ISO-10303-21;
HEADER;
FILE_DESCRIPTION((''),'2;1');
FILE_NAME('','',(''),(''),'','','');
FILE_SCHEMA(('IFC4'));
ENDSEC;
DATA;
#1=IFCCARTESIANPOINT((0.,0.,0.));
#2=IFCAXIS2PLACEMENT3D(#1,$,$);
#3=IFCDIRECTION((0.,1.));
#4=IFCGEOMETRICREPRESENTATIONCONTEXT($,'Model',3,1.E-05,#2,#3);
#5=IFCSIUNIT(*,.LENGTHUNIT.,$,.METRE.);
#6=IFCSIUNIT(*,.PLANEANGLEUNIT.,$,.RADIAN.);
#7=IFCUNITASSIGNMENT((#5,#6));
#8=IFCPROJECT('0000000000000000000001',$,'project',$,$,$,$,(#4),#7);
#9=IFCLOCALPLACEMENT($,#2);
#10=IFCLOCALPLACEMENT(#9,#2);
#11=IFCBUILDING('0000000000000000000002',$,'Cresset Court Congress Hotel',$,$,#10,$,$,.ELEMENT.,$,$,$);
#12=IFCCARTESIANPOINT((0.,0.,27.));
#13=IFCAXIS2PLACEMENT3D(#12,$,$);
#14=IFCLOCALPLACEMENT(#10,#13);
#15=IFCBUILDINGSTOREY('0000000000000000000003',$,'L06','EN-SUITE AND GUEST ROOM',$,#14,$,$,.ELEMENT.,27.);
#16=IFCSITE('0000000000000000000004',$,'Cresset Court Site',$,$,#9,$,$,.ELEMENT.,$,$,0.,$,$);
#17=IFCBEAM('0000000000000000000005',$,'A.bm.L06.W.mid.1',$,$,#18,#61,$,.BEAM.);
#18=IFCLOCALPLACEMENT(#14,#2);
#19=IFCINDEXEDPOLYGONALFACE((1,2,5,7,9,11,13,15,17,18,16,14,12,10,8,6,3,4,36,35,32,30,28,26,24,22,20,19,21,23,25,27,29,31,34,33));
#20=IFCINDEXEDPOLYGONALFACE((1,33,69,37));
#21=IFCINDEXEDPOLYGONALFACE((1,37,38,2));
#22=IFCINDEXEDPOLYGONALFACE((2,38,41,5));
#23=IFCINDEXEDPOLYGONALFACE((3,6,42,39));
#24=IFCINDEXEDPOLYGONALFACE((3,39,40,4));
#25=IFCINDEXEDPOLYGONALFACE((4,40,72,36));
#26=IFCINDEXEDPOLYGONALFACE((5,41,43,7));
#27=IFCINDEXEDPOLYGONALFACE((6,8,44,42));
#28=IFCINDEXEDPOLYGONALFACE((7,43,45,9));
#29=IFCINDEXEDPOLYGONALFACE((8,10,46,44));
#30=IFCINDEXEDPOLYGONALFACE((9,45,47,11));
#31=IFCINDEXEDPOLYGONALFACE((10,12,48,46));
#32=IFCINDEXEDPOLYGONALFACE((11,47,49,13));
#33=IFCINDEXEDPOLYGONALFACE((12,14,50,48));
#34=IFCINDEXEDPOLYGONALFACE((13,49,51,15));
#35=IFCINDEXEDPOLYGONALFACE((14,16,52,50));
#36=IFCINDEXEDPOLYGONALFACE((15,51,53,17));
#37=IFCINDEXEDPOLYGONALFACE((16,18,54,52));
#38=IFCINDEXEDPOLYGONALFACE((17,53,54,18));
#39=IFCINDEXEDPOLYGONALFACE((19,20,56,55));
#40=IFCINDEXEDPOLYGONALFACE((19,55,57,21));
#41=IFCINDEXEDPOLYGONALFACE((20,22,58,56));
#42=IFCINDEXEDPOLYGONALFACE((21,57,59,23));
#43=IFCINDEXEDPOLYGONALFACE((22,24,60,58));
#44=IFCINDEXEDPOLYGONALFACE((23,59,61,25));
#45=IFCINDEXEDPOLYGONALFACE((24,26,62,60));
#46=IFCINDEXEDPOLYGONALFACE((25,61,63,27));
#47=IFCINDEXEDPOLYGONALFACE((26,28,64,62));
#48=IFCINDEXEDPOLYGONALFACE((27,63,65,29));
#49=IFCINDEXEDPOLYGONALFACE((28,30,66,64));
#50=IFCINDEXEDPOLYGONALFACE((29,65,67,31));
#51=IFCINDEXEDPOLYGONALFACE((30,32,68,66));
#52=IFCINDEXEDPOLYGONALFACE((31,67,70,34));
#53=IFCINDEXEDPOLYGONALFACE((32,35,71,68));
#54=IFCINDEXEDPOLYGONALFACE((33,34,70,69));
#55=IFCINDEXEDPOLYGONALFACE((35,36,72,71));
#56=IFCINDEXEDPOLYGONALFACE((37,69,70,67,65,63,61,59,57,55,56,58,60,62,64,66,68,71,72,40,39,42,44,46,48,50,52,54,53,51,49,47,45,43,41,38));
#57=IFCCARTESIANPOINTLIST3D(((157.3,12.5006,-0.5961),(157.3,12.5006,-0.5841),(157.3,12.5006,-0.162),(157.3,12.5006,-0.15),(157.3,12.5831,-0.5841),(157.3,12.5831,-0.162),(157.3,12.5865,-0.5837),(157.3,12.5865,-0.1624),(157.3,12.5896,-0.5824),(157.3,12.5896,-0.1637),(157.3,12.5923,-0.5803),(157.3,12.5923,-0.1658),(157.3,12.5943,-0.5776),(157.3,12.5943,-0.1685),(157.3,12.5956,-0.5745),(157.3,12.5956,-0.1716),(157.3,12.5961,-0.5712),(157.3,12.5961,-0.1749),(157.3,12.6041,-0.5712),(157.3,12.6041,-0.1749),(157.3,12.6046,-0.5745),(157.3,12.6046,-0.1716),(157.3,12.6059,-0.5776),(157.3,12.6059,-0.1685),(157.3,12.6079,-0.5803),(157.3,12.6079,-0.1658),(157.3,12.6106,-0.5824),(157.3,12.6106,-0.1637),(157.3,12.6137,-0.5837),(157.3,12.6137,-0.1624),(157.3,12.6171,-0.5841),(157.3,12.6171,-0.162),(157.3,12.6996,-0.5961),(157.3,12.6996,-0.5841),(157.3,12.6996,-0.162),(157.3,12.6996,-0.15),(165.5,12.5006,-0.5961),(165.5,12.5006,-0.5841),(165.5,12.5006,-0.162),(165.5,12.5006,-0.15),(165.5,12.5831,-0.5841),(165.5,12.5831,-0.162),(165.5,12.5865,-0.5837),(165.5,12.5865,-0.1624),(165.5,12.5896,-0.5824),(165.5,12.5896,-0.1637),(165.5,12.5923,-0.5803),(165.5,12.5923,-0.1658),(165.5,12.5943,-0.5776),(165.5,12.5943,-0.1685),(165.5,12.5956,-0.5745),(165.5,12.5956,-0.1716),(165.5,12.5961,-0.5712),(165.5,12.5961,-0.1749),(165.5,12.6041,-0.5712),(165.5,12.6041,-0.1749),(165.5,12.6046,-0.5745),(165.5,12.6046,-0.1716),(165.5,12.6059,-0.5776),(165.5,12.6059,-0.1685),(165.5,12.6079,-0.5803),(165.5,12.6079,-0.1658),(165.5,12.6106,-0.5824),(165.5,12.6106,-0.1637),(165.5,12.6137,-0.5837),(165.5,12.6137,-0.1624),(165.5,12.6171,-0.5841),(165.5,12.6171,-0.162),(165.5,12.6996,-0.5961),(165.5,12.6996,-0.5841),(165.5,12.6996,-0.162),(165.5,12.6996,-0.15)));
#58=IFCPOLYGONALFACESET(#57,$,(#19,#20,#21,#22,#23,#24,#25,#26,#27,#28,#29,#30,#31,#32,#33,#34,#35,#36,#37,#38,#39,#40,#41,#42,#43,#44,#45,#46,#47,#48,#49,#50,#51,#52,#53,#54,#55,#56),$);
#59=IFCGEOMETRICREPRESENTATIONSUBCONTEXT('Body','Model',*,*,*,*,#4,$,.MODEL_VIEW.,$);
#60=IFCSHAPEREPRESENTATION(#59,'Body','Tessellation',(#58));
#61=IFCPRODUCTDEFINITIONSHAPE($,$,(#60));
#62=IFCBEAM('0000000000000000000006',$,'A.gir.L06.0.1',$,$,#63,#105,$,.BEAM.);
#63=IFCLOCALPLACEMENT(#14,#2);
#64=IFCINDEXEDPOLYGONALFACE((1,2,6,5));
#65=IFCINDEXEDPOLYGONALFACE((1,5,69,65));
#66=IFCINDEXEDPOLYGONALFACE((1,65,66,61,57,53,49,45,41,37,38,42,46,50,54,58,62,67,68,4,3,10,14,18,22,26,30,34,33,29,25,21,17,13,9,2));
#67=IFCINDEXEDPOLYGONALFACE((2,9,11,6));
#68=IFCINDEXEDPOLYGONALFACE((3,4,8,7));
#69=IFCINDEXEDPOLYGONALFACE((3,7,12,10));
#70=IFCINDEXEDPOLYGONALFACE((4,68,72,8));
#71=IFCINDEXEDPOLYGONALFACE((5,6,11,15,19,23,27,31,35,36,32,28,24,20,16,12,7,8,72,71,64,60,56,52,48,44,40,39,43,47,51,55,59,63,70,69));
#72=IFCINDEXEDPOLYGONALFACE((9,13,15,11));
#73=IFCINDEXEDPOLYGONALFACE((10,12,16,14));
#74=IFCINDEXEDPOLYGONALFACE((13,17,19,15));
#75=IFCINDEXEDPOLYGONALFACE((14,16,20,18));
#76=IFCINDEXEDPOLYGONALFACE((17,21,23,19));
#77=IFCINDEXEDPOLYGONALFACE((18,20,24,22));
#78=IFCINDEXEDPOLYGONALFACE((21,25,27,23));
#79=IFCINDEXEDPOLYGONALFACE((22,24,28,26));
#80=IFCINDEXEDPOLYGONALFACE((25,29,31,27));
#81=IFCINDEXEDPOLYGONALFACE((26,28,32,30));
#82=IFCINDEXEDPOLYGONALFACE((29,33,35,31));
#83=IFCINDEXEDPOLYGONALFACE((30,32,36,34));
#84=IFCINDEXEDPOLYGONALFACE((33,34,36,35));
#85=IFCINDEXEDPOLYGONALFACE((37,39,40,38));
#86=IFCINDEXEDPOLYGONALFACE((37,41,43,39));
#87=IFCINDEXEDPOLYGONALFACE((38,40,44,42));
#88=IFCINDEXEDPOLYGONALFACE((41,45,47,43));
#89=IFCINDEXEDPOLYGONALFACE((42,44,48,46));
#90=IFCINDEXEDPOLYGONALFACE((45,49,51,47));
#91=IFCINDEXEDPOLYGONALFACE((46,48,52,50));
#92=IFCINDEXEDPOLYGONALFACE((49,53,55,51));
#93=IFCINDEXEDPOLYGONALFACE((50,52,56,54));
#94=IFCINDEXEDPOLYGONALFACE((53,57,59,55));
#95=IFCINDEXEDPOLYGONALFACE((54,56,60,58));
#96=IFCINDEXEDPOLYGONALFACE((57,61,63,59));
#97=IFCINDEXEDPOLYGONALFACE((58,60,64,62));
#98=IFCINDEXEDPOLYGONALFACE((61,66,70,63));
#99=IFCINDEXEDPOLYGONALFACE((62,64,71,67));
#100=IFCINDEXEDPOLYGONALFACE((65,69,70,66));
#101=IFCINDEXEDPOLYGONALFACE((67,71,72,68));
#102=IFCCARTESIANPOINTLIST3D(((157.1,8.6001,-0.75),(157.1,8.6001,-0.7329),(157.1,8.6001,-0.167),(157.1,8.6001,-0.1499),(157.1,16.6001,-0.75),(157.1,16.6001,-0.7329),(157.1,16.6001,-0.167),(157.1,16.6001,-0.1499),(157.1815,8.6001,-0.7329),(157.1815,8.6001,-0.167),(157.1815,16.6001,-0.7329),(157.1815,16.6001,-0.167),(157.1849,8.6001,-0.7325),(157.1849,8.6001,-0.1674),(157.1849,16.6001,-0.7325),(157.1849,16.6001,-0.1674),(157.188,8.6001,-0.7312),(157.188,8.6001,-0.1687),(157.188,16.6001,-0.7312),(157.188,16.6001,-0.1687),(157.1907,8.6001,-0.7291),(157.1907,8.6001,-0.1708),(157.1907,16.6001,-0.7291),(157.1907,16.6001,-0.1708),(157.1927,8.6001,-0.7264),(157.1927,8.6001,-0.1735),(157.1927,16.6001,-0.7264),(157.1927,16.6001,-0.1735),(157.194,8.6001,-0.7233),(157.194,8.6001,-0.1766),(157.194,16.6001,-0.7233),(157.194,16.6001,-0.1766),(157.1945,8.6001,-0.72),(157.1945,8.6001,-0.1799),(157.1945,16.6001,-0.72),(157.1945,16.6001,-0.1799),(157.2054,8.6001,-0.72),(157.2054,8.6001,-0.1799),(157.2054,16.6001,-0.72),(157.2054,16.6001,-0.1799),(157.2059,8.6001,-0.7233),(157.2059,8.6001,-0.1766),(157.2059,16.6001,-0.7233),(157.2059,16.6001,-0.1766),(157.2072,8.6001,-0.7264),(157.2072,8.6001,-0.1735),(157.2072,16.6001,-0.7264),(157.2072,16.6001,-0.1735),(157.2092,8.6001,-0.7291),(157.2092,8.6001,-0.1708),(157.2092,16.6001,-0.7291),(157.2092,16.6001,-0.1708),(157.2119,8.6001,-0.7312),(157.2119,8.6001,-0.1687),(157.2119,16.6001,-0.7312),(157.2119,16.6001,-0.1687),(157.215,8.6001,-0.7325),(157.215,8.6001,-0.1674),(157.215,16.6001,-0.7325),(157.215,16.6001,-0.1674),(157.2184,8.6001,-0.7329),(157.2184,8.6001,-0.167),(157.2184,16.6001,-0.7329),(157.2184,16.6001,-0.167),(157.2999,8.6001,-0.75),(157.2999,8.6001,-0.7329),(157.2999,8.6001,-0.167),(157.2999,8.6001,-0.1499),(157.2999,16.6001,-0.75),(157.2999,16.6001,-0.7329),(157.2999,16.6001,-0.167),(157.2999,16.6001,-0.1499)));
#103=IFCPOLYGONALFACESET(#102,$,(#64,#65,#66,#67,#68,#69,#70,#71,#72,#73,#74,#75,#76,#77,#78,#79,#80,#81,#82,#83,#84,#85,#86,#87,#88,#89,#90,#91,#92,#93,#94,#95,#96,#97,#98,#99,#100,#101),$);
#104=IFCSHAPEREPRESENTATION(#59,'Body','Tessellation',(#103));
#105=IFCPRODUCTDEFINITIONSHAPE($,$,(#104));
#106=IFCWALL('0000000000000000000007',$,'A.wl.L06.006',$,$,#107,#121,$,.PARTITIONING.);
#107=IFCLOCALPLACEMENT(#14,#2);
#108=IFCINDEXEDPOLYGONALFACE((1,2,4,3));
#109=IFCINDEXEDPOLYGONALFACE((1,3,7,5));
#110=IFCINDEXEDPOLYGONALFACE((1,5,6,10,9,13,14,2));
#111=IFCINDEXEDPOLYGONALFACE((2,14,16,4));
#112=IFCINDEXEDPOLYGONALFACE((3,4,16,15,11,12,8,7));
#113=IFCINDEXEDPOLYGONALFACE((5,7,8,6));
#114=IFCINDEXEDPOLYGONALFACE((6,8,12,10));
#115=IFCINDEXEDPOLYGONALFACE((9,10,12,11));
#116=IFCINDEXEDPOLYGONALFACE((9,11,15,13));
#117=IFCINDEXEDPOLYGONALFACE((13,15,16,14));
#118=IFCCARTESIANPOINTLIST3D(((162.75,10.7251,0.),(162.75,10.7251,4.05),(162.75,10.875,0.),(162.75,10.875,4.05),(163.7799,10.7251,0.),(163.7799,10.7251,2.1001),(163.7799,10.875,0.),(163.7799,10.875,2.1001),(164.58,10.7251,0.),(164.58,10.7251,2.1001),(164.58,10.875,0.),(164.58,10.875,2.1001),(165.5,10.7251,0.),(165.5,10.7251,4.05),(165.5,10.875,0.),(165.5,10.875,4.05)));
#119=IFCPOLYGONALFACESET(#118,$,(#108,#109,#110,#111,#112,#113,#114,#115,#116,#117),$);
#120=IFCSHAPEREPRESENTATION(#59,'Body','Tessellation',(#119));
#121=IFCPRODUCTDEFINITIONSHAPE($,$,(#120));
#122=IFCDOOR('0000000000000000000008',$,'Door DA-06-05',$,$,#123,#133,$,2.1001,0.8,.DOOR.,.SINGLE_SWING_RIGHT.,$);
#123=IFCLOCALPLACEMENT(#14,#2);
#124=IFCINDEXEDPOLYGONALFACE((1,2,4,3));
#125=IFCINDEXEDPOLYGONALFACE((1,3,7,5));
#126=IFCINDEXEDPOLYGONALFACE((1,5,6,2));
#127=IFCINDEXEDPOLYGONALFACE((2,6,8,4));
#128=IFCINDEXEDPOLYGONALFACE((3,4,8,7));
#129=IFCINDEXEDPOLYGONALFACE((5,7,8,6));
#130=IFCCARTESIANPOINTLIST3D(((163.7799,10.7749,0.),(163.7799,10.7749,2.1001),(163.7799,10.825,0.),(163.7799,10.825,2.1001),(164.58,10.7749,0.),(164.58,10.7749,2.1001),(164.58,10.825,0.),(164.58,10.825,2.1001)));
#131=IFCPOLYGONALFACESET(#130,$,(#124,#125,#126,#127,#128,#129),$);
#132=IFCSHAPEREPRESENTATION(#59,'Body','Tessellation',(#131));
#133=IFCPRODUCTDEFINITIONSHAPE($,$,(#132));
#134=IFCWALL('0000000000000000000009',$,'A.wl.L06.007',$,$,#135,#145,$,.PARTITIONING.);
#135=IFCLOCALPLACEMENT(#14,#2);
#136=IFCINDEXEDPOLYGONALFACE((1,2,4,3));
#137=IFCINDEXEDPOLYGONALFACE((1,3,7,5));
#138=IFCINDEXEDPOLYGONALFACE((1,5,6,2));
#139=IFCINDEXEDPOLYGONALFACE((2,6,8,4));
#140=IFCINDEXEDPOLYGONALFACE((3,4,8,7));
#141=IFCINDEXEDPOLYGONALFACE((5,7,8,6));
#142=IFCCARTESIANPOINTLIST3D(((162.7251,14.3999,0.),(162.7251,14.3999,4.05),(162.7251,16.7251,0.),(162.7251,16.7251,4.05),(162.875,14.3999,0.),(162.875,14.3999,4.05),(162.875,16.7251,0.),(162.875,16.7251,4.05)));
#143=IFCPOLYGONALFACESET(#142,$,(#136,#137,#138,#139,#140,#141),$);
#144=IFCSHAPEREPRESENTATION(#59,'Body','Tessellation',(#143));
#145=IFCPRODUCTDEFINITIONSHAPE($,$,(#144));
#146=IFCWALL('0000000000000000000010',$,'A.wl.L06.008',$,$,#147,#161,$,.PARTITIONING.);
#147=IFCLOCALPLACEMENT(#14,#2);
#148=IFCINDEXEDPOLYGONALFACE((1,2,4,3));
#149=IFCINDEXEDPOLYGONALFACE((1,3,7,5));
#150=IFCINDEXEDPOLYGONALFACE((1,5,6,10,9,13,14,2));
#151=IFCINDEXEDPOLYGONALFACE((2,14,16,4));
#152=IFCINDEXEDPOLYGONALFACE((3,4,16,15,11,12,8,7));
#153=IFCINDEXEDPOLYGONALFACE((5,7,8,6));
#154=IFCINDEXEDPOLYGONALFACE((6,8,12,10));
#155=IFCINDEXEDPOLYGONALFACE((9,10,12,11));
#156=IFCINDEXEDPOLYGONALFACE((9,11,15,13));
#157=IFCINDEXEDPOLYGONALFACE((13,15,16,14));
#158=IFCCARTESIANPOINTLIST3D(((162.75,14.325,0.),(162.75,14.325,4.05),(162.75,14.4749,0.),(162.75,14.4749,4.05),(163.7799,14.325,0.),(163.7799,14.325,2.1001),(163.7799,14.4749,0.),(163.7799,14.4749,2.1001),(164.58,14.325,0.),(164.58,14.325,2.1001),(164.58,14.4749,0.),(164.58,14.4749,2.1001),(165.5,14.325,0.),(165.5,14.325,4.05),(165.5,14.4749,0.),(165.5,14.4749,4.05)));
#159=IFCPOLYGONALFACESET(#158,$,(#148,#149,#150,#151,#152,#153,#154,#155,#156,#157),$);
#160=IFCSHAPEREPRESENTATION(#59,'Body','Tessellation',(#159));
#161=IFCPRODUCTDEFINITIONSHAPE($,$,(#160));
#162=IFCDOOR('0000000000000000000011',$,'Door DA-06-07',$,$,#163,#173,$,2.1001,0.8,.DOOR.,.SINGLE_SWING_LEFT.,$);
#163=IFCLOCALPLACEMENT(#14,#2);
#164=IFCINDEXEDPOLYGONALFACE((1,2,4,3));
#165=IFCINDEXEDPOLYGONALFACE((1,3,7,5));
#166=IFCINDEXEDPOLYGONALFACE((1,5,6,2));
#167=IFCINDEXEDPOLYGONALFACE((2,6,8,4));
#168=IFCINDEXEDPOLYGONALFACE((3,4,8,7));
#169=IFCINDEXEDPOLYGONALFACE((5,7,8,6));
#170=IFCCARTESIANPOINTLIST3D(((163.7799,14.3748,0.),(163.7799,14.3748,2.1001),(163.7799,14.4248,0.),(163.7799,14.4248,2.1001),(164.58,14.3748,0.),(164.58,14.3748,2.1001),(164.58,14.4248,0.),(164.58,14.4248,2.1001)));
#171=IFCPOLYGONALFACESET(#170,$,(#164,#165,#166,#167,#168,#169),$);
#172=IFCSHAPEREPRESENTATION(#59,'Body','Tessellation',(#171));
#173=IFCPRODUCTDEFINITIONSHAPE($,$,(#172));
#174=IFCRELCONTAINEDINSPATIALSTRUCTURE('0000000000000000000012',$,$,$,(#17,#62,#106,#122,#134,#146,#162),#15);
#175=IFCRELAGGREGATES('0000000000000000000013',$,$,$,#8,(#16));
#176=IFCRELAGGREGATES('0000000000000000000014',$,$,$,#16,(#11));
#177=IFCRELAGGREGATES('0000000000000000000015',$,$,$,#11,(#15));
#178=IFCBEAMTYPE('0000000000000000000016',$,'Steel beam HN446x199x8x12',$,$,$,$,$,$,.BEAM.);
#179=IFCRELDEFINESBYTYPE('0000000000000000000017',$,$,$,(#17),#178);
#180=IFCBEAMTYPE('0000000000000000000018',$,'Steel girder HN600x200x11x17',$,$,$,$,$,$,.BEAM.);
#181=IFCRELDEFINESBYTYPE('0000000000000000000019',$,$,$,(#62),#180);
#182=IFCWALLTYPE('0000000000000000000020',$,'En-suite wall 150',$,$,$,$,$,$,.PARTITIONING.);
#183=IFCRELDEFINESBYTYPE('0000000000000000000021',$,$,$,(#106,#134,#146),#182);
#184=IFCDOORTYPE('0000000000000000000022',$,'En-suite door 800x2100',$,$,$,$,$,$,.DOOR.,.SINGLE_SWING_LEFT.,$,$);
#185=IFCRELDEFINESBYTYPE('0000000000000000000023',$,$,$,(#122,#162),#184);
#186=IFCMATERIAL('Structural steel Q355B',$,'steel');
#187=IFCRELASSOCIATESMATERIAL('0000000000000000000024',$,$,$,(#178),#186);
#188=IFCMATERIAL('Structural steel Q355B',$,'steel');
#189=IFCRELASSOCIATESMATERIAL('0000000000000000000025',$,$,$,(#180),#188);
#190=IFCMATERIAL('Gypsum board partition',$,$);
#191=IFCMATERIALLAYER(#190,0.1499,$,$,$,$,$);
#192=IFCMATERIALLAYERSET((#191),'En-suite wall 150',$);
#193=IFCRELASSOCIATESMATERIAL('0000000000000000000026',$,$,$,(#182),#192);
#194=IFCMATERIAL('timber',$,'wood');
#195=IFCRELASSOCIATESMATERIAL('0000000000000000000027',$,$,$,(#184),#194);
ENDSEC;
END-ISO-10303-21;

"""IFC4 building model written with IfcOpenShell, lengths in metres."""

from ifc_helpers import new_model, si_unit, direction, frame, frame_2d, origin, origin_2d, place, context, subcontext, project, spatial, rectangle, i_section, extrude, material, layer, layer_set, material_profile, profile_set, type_object, element, fill, save


model = new_model("IFC4")

# Units and contexts
model_context = context("Model", 3, precision=1e-05, world=origin(), true_north=direction((0.0, 1.0)))
body_context = subcontext(model_context, "Body", "Model", "MODEL_VIEW")
ifc_project = project(units=[si_unit("LENGTHUNIT", "METRE"), si_unit("PLANEANGLEUNIT", "RADIAN")], contexts=[model_context])

# Site, building, storey
site_placement = place(None, origin())
site = spatial("IfcSite", under=ifc_project, at=site_placement, Name="Cresset Court Site", CompositionType="ELEMENT", RefElevation=0.0)
building_placement = place(site_placement, origin())
building = spatial("IfcBuilding", under=site, at=building_placement, Name="Cresset Court Congress Hotel", CompositionType="ELEMENT")
storey_placement = place(building_placement, frame((0.0, 0.0, 27.0)))
storey = spatial("IfcBuildingStorey", under=building, at=storey_placement, Name="L06", Description="EN-SUITE AND GUEST ROOM", CompositionType="ELEMENT", Elevation=27.0)

# Beams
ifc_material_1 = material(Name="Structural steel Q355B", Category="steel")
ifc_material_profile_1 = material_profile(ifc_material_1, i_section(OverallWidth=0.199, OverallDepth=0.446, WebThickness=0.0081, FlangeThickness=0.012, FilletRadius=0.0129, at=origin_2d()), Name="HN446x199x8x12")
ifc_profile_set_1 = profile_set([ifc_material_profile_1], Name="Structural steel Q355B")
beam_type_1 = type_object("IfcBeamType", Name="Steel beam HN446x199x8x12", PredefinedType="BEAM", material=ifc_profile_set_1)
beam_1_placement = place(storey_placement, frame((157.3, 12.6001, -0.373), z_axis=(1.0, 0.0, 0.0), x_axis=(0.0, 1.0, 0.0)))
element("IfcBeam", 1, at=beam_1_placement, inside=storey, type_object=beam_type_1, Name="A.bm.L06.W.mid.1", PredefinedType="BEAM", context=body_context, shape_type="SweptSolid", body=[
    extrude(i_section(OverallWidth=0.199, OverallDepth=0.446, WebThickness=0.0081, FlangeThickness=0.012, FilletRadius=0.0129, at=origin_2d()), origin(), (0.0, 0.0, 1.0), 8.2),
])
ifc_material_2 = material(Name="Structural steel Q355B", Category="steel")
ifc_material_profile_2 = material_profile(ifc_material_2, i_section(OverallWidth=0.2, OverallDepth=0.6001, WebThickness=0.011, FlangeThickness=0.0171, FilletRadius=0.0129, at=origin_2d()), Name="HN600x200x11x17")
ifc_profile_set_2 = profile_set([ifc_material_profile_2], Name="Structural steel Q355B")
beam_type_2 = type_object("IfcBeamType", Name="Steel girder HN600x200x11x17", PredefinedType="BEAM", material=ifc_profile_set_2)
beam_2_placement = place(storey_placement, frame((157.2, 8.6001, -0.45), z_axis=(0.0, 1.0, 0.0), x_axis=(-1.0, 0.0, 0.0)))
element("IfcBeam", 2, at=beam_2_placement, inside=storey, type_object=beam_type_2, Name="A.gir.L06.0.1", PredefinedType="BEAM", context=body_context, shape_type="SweptSolid", body=[
    extrude(i_section(OverallWidth=0.2, OverallDepth=0.6001, WebThickness=0.011, FlangeThickness=0.0171, FilletRadius=0.0129, at=origin_2d()), origin(), (0.0, 0.0, 1.0), 8.0),
])

# Wall, opening, door
ifc_material_3 = material(Name="Gypsum board partition")
ifc_layer_1 = layer(ifc_material_3, 0.1499)
ifc_layer_set_1 = layer_set([ifc_layer_1], Name="En-suite wall 150")
wall_type_1 = type_object("IfcWallType", Name="En-suite wall 150", PredefinedType="PARTITIONING", material=ifc_layer_set_1)
wall_1_placement = place(storey_placement, frame((162.75, 10.8, 0.0), z_axis=(0.0, 0.0, 1.0), x_axis=(1.0, 0.0, 0.0)))
wall_1 = element("IfcWall", 3, at=wall_1_placement, inside=storey, type_object=wall_type_1, Name="A.wl.L06.006", PredefinedType="PARTITIONING", context=body_context, shape_type="SweptSolid", body=[
    extrude(rectangle(XDim=2.75, YDim=0.1499, at=frame_2d((1.375, 0.0))), origin(), (0.0, 0.0, 1.0), 4.05),
])
opening_1_placement = place(wall_1_placement, frame((1.03, 0.0, 0.0)))
opening_1 = element("IfcOpeningElement", 4, at=opening_1_placement, cuts=wall_1, PredefinedType="OPENING", context=body_context, shape_type="SweptSolid", body=[
    extrude(rectangle(XDim=0.8, YDim=2.1001, at=frame_2d((0.3999, 1.05))), frame((0.0, 0.085, 0.0), z_axis=(0.0, -1.0, 0.0), x_axis=(1.0, 0.0, 0.0)), (0.0, 0.0, 1.0), 0.1699),
])
ifc_material_4 = material(Name="timber", Category="wood")
door_type = type_object("IfcDoorType", Name="En-suite door 800x2100", OperationType="SINGLE_SWING_LEFT", PredefinedType="DOOR", material=ifc_material_4)
door_1_placement = place(opening_1_placement, origin())
door_1 = element("IfcDoor", 5, at=door_1_placement, inside=storey, type_object=door_type, Name="Door DA-06-05", OperationType="SINGLE_SWING_RIGHT", OverallHeight=2.1001, OverallWidth=0.8, PredefinedType="DOOR", context=body_context, shape_type="SweptSolid", body=[
    extrude(rectangle(XDim=0.8, YDim=2.1001, at=frame_2d((0.3999, 1.05))), frame((0.0, 0.0249, 0.0), z_axis=(0.0, -1.0, 0.0), x_axis=(1.0, 0.0, 0.0)), (0.0, 0.0, 1.0), 0.05),
])
fill(opening_1, door_1)

# Wall
wall_2_placement = place(storey_placement, frame((162.8, 14.3999, 0.0), z_axis=(0.0, 0.0, 1.0), x_axis=(0.0, 1.0, 0.0)))
element("IfcWall", 6, at=wall_2_placement, inside=storey, type_object=wall_type_1, Name="A.wl.L06.007", PredefinedType="PARTITIONING", context=body_context, shape_type="SweptSolid", body=[
    extrude(rectangle(XDim=2.3252, YDim=0.1499, at=frame_2d((1.1626, 0.0))), origin(), (0.0, 0.0, 1.0), 4.05),
])

# Wall, opening, door
wall_3_placement = place(storey_placement, frame((162.75, 14.3999, 0.0), z_axis=(0.0, 0.0, 1.0), x_axis=(1.0, 0.0, 0.0)))
wall_3 = element("IfcWall", 7, at=wall_3_placement, inside=storey, type_object=wall_type_1, Name="A.wl.L06.008", PredefinedType="PARTITIONING", context=body_context, shape_type="SweptSolid", body=[
    extrude(rectangle(XDim=2.75, YDim=0.1499, at=frame_2d((1.375, 0.0))), origin(), (0.0, 0.0, 1.0), 4.05),
])
opening_2_placement = place(wall_3_placement, frame((1.03, 0.0, 0.0)))
opening_2 = element("IfcOpeningElement", 8, at=opening_2_placement, cuts=wall_3, PredefinedType="OPENING", context=body_context, shape_type="SweptSolid", body=[
    extrude(rectangle(XDim=0.8, YDim=2.1001, at=frame_2d((0.3999, 1.05))), frame((0.0, 0.085, 0.0), z_axis=(0.0, -1.0, 0.0), x_axis=(1.0, 0.0, 0.0)), (0.0, 0.0, 1.0), 0.1699),
])
door_2_placement = place(opening_2_placement, origin())
door_2 = element("IfcDoor", 9, at=door_2_placement, inside=storey, type_object=door_type, Name="Door DA-06-07", OperationType="SINGLE_SWING_LEFT", OverallHeight=2.1001, OverallWidth=0.8, PredefinedType="DOOR", context=body_context, shape_type="SweptSolid", body=[
    extrude(rectangle(XDim=0.8, YDim=2.1001, at=frame_2d((0.3999, 1.05))), frame((0.0, 0.0249, 0.0), z_axis=(0.0, -1.0, 0.0), x_axis=(1.0, 0.0, 0.0)), (0.0, 0.0, 1.0), 0.05),
])
fill(opening_2, door_2)

save(model, "model.ifc")
